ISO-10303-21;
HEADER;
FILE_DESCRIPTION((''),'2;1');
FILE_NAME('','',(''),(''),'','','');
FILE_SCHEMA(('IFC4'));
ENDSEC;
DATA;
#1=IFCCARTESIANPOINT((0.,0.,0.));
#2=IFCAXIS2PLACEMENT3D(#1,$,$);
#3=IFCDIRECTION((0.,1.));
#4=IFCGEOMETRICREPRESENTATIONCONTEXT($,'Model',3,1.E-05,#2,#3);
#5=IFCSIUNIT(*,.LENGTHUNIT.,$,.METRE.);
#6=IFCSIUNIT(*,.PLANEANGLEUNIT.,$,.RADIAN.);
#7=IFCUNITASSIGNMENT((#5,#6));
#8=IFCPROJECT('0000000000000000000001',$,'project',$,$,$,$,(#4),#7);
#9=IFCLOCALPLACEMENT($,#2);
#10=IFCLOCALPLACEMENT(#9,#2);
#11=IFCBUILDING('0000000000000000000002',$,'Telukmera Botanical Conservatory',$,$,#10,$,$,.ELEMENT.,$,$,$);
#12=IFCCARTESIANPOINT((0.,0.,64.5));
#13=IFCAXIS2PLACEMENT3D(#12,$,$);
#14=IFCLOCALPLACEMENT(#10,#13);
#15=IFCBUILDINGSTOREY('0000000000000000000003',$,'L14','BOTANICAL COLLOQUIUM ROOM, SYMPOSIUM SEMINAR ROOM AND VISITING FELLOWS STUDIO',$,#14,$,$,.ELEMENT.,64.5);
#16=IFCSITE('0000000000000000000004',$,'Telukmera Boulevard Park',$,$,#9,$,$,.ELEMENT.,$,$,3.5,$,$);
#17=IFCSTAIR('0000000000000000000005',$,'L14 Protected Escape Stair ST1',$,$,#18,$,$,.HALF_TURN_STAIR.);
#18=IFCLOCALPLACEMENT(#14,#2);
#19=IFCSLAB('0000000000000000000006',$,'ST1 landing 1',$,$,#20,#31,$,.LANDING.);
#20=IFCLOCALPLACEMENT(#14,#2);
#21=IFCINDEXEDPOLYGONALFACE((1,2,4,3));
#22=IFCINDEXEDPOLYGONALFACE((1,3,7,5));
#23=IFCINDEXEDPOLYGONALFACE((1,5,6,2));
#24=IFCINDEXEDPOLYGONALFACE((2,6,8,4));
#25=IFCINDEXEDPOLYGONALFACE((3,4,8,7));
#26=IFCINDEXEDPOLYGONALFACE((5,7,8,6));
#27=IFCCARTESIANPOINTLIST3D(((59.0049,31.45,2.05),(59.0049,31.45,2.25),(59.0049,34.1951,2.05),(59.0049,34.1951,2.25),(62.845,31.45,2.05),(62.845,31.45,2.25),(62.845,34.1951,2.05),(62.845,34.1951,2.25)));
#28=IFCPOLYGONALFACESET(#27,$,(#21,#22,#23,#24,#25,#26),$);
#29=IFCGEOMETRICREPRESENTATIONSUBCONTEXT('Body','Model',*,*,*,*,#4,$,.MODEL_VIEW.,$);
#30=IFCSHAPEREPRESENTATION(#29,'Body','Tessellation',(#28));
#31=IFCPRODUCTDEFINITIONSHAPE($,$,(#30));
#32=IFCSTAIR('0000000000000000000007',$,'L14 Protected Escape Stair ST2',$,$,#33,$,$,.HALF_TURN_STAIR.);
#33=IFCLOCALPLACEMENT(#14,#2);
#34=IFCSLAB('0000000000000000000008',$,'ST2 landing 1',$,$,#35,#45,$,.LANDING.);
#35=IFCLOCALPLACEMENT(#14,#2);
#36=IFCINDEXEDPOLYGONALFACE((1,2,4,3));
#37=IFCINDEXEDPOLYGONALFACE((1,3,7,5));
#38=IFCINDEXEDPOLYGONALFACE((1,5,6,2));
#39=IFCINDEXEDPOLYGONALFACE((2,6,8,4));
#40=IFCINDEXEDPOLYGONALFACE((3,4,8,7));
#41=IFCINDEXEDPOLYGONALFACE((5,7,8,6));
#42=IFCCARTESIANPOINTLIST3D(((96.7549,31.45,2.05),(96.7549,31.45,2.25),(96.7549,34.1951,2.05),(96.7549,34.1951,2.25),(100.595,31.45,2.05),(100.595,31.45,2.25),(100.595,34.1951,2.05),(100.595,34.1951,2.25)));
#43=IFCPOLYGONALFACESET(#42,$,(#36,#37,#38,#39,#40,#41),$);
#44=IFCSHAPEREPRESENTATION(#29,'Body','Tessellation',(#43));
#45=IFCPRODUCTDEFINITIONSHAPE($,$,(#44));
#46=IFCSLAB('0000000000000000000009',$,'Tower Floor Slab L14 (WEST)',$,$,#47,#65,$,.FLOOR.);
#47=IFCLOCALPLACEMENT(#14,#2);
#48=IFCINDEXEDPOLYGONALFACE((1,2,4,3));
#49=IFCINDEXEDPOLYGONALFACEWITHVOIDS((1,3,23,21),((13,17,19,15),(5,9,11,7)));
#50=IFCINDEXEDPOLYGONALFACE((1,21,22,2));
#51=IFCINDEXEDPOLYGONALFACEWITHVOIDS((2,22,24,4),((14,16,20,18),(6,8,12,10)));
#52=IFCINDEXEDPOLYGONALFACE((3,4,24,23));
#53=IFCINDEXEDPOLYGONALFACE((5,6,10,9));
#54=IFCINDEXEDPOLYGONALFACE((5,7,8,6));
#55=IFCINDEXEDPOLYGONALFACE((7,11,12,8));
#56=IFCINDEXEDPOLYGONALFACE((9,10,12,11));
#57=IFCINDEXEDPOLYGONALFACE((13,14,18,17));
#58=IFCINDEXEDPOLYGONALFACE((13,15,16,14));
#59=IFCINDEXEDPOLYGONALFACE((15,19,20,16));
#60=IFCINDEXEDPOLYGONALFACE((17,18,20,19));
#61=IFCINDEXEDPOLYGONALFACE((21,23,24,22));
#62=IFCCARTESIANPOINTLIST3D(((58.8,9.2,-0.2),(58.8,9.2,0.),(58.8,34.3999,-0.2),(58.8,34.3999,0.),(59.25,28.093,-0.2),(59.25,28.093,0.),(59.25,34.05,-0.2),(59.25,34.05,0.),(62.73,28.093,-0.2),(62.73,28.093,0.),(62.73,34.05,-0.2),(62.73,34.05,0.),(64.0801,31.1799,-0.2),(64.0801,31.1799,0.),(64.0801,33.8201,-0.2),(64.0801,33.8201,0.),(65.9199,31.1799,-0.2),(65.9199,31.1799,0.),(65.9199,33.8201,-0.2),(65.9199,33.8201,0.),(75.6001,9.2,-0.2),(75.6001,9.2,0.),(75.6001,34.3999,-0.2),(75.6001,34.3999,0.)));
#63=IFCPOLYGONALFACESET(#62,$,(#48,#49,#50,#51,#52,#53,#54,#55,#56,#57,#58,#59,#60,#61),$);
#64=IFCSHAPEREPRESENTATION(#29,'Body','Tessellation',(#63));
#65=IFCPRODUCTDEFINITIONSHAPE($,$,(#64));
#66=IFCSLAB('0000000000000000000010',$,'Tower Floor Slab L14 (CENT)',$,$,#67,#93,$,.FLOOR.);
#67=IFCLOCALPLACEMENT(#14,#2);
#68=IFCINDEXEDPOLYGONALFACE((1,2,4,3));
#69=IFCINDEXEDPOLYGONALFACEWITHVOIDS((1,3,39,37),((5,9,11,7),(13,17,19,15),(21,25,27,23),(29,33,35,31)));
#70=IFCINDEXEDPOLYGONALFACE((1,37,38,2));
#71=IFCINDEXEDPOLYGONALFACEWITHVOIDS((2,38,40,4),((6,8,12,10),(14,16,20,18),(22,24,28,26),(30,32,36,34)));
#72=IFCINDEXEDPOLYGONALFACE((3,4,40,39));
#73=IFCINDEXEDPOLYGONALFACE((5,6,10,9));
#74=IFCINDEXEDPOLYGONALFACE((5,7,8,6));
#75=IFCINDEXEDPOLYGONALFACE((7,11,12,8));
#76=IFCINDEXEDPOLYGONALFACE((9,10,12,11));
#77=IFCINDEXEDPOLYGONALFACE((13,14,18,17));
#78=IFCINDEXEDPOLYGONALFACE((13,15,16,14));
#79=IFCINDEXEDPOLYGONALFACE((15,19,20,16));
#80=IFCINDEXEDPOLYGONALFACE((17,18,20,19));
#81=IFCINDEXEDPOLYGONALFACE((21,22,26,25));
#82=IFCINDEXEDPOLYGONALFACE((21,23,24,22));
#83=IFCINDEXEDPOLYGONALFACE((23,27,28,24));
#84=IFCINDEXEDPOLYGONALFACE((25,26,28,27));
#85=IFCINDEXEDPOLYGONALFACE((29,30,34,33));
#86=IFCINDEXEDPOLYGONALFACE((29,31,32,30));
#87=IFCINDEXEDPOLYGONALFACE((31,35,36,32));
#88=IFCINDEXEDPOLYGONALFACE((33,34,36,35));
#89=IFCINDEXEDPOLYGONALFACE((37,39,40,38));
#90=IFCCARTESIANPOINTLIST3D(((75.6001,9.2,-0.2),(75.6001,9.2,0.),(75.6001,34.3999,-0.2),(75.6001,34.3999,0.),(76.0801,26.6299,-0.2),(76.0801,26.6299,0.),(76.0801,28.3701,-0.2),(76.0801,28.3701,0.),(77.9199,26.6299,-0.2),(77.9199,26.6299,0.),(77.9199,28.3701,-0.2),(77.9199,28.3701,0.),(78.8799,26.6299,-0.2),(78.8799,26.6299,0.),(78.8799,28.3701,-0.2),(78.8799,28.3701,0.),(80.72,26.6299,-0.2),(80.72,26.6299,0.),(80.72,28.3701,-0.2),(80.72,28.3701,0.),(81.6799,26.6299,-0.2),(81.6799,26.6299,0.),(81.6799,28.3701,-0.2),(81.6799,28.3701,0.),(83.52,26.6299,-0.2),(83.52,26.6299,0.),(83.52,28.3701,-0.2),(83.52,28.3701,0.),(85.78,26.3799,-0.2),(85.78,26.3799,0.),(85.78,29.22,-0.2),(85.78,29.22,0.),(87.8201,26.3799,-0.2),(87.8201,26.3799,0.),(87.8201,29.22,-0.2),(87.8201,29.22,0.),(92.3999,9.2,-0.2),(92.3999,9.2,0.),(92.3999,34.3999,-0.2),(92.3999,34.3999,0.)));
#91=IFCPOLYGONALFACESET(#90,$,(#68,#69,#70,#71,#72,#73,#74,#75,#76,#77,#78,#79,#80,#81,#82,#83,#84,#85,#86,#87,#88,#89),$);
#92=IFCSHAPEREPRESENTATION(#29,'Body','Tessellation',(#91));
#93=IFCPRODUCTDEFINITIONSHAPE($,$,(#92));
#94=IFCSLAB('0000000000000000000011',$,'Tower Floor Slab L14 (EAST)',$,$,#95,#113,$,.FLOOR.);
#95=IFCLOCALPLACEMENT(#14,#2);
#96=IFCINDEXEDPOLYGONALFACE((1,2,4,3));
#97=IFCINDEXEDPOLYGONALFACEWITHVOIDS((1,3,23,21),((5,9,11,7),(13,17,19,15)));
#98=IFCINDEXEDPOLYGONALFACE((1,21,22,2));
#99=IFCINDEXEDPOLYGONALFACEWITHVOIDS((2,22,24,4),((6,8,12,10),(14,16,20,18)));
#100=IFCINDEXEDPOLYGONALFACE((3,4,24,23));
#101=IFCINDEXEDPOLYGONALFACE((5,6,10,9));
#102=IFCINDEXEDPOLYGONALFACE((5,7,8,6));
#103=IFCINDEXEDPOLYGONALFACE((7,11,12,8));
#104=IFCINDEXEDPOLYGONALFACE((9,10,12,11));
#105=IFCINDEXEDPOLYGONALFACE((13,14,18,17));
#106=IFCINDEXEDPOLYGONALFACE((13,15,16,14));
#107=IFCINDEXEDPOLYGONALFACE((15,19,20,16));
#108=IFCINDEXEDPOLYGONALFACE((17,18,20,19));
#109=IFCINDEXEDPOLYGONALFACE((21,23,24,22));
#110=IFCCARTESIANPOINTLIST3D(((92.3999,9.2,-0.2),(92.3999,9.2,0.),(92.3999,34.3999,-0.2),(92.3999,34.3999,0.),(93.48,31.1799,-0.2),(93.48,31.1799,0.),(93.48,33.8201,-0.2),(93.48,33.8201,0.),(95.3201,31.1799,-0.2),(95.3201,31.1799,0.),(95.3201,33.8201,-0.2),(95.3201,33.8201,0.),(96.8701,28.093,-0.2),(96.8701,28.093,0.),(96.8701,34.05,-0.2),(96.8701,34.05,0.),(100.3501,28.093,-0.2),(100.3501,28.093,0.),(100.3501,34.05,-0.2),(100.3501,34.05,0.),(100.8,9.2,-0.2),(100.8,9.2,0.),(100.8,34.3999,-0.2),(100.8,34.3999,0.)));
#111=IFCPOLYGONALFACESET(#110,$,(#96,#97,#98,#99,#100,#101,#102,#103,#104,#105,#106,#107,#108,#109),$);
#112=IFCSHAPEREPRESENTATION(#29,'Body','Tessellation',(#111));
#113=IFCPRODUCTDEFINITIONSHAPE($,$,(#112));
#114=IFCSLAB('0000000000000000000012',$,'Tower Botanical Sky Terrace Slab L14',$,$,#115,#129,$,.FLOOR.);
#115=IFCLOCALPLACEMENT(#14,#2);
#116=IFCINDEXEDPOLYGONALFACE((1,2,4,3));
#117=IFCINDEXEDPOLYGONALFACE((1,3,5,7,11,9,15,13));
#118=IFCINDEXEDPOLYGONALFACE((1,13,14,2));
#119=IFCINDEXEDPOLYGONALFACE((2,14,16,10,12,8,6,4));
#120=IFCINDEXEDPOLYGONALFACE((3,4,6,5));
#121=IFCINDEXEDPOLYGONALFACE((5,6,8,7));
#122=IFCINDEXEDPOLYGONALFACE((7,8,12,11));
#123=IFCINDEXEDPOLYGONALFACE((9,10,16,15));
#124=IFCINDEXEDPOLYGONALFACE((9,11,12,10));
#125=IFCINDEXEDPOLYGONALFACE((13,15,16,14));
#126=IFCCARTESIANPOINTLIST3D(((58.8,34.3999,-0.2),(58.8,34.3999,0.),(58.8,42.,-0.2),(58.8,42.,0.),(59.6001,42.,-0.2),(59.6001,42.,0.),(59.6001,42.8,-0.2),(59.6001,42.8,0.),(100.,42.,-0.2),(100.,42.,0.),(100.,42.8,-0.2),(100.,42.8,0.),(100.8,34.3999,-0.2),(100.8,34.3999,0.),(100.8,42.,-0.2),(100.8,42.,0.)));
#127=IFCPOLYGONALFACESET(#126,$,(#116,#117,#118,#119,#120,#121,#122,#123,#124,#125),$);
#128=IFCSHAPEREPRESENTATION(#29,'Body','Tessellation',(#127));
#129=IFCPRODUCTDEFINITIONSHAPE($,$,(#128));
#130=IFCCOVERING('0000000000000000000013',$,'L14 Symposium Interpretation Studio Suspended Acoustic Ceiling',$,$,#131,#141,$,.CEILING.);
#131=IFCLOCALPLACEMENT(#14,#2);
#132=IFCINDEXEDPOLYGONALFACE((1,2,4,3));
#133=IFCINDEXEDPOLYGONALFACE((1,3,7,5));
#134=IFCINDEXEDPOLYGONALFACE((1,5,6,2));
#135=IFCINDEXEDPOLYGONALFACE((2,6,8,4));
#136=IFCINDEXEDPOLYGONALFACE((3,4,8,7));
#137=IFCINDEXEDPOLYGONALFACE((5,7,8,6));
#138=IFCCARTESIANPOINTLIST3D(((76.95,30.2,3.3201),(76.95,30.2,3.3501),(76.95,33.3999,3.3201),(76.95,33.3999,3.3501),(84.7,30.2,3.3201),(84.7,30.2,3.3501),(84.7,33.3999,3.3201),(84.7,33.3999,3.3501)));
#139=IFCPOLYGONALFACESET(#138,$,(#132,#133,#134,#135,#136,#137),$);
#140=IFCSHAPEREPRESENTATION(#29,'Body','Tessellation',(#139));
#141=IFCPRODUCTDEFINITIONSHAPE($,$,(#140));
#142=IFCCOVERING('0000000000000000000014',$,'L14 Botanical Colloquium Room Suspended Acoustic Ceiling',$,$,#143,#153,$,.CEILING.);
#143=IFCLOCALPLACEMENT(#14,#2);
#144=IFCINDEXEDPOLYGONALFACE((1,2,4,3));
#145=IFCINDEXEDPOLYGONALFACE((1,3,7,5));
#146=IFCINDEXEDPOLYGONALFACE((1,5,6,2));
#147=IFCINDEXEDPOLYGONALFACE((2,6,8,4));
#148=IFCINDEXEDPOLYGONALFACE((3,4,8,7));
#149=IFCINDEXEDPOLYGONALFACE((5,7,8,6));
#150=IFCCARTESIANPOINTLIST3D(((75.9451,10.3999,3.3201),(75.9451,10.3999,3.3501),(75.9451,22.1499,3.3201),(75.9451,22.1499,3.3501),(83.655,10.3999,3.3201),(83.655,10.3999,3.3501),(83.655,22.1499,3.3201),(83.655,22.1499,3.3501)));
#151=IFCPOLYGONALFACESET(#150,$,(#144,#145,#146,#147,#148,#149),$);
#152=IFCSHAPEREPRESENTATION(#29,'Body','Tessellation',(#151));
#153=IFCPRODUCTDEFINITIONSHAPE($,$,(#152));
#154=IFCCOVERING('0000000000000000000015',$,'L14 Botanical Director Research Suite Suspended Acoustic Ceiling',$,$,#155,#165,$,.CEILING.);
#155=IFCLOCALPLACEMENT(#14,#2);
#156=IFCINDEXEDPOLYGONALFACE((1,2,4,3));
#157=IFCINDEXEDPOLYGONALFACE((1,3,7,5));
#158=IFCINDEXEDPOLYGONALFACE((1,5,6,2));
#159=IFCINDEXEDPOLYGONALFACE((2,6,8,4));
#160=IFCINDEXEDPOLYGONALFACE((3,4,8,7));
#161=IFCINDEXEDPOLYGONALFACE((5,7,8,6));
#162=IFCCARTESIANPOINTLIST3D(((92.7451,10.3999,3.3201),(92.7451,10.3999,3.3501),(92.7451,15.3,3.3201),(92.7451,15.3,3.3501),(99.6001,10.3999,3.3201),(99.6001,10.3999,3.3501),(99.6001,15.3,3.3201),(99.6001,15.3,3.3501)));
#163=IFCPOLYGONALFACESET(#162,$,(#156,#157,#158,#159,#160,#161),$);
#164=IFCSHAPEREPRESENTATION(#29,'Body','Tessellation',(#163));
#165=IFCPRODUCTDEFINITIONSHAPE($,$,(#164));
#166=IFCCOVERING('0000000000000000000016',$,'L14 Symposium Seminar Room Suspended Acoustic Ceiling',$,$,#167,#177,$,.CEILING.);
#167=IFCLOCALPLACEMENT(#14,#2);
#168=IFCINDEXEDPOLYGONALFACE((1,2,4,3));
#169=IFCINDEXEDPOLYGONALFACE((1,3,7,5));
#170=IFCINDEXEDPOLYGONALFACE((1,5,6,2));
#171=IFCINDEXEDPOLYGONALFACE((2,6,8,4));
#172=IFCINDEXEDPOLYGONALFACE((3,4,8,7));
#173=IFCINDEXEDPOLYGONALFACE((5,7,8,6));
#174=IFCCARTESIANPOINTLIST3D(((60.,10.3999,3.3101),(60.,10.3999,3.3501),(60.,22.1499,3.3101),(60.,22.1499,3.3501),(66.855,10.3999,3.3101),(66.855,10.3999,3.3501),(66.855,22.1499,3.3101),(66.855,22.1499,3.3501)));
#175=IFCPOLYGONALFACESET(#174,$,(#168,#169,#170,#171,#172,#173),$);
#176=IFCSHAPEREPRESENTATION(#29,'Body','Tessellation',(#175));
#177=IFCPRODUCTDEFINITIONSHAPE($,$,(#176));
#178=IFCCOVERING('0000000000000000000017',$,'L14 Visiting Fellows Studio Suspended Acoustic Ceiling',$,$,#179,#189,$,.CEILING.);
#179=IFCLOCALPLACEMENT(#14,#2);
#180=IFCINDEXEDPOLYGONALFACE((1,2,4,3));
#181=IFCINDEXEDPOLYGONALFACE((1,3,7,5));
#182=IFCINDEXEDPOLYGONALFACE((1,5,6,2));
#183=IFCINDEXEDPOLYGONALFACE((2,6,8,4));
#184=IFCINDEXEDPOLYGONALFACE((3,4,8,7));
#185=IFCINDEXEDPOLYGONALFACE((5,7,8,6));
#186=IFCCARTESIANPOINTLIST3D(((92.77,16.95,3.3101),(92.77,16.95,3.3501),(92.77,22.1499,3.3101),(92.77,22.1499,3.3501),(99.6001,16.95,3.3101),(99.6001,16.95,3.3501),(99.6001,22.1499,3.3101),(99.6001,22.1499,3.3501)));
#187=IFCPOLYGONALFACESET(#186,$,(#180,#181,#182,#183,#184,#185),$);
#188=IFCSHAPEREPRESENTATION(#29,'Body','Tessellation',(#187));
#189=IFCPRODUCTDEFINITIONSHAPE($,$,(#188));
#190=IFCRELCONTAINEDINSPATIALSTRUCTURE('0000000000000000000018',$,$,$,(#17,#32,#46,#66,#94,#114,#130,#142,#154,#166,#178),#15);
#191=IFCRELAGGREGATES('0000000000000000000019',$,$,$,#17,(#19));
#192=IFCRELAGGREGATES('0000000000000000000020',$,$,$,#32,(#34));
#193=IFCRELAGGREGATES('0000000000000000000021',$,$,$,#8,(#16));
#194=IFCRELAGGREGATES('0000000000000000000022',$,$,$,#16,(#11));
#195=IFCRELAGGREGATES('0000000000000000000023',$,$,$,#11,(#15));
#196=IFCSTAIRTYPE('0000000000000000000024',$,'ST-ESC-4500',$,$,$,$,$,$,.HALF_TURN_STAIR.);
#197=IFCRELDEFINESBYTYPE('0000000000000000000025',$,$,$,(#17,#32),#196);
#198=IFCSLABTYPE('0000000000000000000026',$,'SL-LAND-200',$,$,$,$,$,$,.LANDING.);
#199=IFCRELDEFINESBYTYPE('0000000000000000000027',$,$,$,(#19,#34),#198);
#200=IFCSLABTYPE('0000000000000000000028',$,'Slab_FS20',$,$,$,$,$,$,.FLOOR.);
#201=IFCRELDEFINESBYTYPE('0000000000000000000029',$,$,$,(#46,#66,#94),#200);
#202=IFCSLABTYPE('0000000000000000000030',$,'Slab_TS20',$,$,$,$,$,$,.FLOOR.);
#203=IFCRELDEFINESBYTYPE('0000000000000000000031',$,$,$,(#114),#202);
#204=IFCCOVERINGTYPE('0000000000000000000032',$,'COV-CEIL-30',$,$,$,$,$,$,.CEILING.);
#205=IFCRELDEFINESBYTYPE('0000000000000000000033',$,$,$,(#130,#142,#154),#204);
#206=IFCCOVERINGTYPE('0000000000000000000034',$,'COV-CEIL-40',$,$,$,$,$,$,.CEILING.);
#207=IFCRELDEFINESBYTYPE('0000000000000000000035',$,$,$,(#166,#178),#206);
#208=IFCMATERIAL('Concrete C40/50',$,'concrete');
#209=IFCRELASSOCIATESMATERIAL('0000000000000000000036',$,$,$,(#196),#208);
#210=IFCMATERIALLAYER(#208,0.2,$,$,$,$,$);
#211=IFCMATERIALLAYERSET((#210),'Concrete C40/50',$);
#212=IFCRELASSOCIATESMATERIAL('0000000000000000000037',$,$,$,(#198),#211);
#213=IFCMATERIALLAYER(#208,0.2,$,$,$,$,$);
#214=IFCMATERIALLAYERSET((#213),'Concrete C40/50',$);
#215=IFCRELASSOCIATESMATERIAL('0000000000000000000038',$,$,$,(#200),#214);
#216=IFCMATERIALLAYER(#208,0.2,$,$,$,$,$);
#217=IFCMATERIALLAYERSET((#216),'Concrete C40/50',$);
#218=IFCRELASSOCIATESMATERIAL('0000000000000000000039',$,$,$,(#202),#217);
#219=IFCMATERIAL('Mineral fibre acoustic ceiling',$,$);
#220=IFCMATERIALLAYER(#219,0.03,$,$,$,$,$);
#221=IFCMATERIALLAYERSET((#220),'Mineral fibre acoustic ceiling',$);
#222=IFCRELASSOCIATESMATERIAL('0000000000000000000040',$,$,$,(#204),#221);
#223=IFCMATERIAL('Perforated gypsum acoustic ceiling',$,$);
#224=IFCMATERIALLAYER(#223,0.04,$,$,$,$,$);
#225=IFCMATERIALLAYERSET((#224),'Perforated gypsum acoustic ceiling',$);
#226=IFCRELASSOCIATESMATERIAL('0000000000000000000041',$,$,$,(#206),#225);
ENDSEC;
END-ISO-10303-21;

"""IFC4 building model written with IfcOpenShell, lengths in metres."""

from ifc_helpers import new_model, si_unit, direction, frame, origin, place, context, subcontext, project, spatial, polyline, outline, extrude, material, layer, layer_set, type_object, element, aggregate, save


model = new_model("IFC4")

# Units and contexts
model_context = context("Model", 3, precision=1e-05, world=origin(), true_north=direction((0.0, 1.0)))
body_context = subcontext(model_context, "Body", "Model", "MODEL_VIEW")
ifc_project = project(units=[si_unit("LENGTHUNIT", "METRE"), si_unit("PLANEANGLEUNIT", "RADIAN")], contexts=[model_context])

# Site, building, storey
site_placement = place(None, origin())
site = spatial("IfcSite", under=ifc_project, at=site_placement, Name="Telukmera Boulevard Park", CompositionType="ELEMENT", RefElevation=3.5)
building_placement = place(site_placement, origin())
building = spatial("IfcBuilding", under=site, at=building_placement, Name="Telukmera Botanical Conservatory", CompositionType="ELEMENT")
storey_placement = place(building_placement, frame((0.0, 0.0, 64.5)))
storey = spatial("IfcBuildingStorey", under=building, at=storey_placement, Name="L14", Description="BOTANICAL COLLOQUIUM ROOM, SYMPOSIUM SEMINAR ROOM AND VISITING FELLOWS STUDIO", CompositionType="ELEMENT", Elevation=64.5)

# Stairs, slabs
ifc_material_1 = material(Name="Concrete C40/50", Category="concrete")
stair_type = type_object("IfcStairType", Name="ST-ESC-4500", PredefinedType="HALF_TURN_STAIR", material=ifc_material_1)
stair_1_placement = place(storey_placement, origin())
stair_1 = element("IfcStair", 1, at=stair_1_placement, inside=storey, type_object=stair_type, Name="L14 Protected Escape Stair ST1", PredefinedType="HALF_TURN_STAIR")
ifc_layer_1 = layer(ifc_material_1, 0.2)
ifc_layer_set_1 = layer_set([ifc_layer_1], Name="Concrete C40/50")
slab_type_1 = type_object("IfcSlabType", Name="SL-LAND-200", PredefinedType="LANDING", material=ifc_layer_set_1)
slab_1_placement = place(storey_placement, frame((0.0, 0.0, 2.05)))
slab_1 = element("IfcSlab", 2, at=slab_1_placement, type_object=slab_type_1, Name="ST1 landing 1", PredefinedType="LANDING", context=body_context, shape_type="SweptSolid", body=[
    extrude(outline(polyline([(59.0049, 31.45), (62.845, 31.45), (62.845, 34.1951), (59.0049, 34.1951), (59.0049, 31.45)])), origin(), (0.0, 0.0, 1.0), 0.2),
])
aggregate(stair_1, [slab_1])
stair_2_placement = place(storey_placement, origin())
stair_2 = element("IfcStair", 3, at=stair_2_placement, inside=storey, type_object=stair_type, Name="L14 Protected Escape Stair ST2", PredefinedType="HALF_TURN_STAIR")
slab_2_placement = place(storey_placement, frame((0.0, 0.0, 2.05)))
slab_2 = element("IfcSlab", 4, at=slab_2_placement, type_object=slab_type_1, Name="ST2 landing 1", PredefinedType="LANDING", context=body_context, shape_type="SweptSolid", body=[
    extrude(outline(polyline([(96.7549, 31.45), (100.595, 31.45), (100.595, 34.1951), (96.7549, 34.1951), (96.7549, 31.45)])), origin(), (0.0, 0.0, 1.0), 0.2),
])
aggregate(stair_2, [slab_2])

# Slabs
ifc_layer_2 = layer(ifc_material_1, 0.2)
ifc_layer_set_2 = layer_set([ifc_layer_2], Name="Concrete C40/50")
slab_type_2 = type_object("IfcSlabType", Name="Slab_FS20", PredefinedType="FLOOR", material=ifc_layer_set_2)
slab_3_placement = place(storey_placement, frame((0.0, 0.0, -0.2)))
element("IfcSlab", 5, at=slab_3_placement, inside=storey, type_object=slab_type_2, Name="Tower Floor Slab L14 (WEST)", PredefinedType="FLOOR", context=body_context, shape_type="SweptSolid", body=[
    extrude(outline(polyline([(58.8, 9.2), (75.6001, 9.2), (75.6001, 34.3999), (58.8, 34.3999), (58.8, 9.2)]), holes=[polyline([(62.73, 28.093), (62.73, 34.05), (59.25, 34.05), (59.25, 28.093), (62.73, 28.093)]), polyline([(64.0801, 31.1799), (65.9199, 31.1799), (65.9199, 33.8201), (64.0801, 33.8201), (64.0801, 31.1799)])]), origin(), (0.0, 0.0, 1.0), 0.2),
])
slab_4_placement = place(storey_placement, frame((0.0, 0.0, -0.2)))
element("IfcSlab", 6, at=slab_4_placement, inside=storey, type_object=slab_type_2, Name="Tower Floor Slab L14 (CENT)", PredefinedType="FLOOR", context=body_context, shape_type="SweptSolid", body=[
    extrude(outline(polyline([(75.6001, 9.2), (92.3999, 9.2), (92.3999, 34.3999), (75.6001, 34.3999), (75.6001, 9.2)]), holes=[polyline([(85.78, 26.3799), (87.8201, 26.3799), (87.8201, 29.22), (85.78, 29.22), (85.78, 26.3799)]), polyline([(76.0801, 26.6299), (77.9199, 26.6299), (77.9199, 28.3701), (76.0801, 28.3701), (76.0801, 26.6299)]), polyline([(78.8799, 26.6299), (80.72, 26.6299), (80.72, 28.3701), (78.8799, 28.3701), (78.8799, 26.6299)]), polyline([(81.6799, 26.6299), (83.52, 26.6299), (83.52, 28.3701), (81.6799, 28.3701), (81.6799, 26.6299)])]), origin(), (0.0, 0.0, 1.0), 0.2),
])
slab_5_placement = place(storey_placement, frame((0.0, 0.0, -0.2)))
element("IfcSlab", 7, at=slab_5_placement, inside=storey, type_object=slab_type_2, Name="Tower Floor Slab L14 (EAST)", PredefinedType="FLOOR", context=body_context, shape_type="SweptSolid", body=[
    extrude(outline(polyline([(92.3999, 9.2), (100.8, 9.2), (100.8, 34.3999), (92.3999, 34.3999), (92.3999, 9.2)]), holes=[polyline([(100.3501, 28.093), (100.3501, 34.05), (96.8701, 34.05), (96.8701, 28.093), (100.3501, 28.093)]), polyline([(93.48, 31.1799), (95.3201, 31.1799), (95.3201, 33.8201), (93.48, 33.8201), (93.48, 31.1799)])]), origin(), (0.0, 0.0, 1.0), 0.2),
])
ifc_layer_3 = layer(ifc_material_1, 0.2)
ifc_layer_set_3 = layer_set([ifc_layer_3], Name="Concrete C40/50")
slab_type_3 = type_object("IfcSlabType", Name="Slab_TS20", PredefinedType="FLOOR", material=ifc_layer_set_3)
slab_6_placement = place(storey_placement, frame((0.0, 0.0, -0.2)))
element("IfcSlab", 8, at=slab_6_placement, inside=storey, type_object=slab_type_3, Name="Tower Botanical Sky Terrace Slab L14", PredefinedType="FLOOR", context=body_context, shape_type="SweptSolid", body=[
    extrude(outline(polyline([(58.8, 34.3999), (100.8, 34.3999), (100.8, 42.0), (100.0, 42.0), (100.0, 42.8), (59.6001, 42.8), (59.6001, 42.0), (58.8, 42.0), (58.8, 34.3999)])), origin(), (0.0, 0.0, 1.0), 0.2),
])

# Coverings
ifc_material_2 = material(Name="Mineral fibre acoustic ceiling")
ifc_layer_4 = layer(ifc_material_2, 0.03)
ifc_layer_set_4 = layer_set([ifc_layer_4], Name="Mineral fibre acoustic ceiling")
covering_type_1 = type_object("IfcCoveringType", Name="COV-CEIL-30", PredefinedType="CEILING", material=ifc_layer_set_4)
covering_1_placement = place(storey_placement, frame((0.0, 0.0, 3.3201)))
element("IfcCovering", 9, at=covering_1_placement, inside=storey, type_object=covering_type_1, Name="L14 Symposium Interpretation Studio Suspended Acoustic Ceiling", PredefinedType="CEILING", context=body_context, shape_type="SweptSolid", body=[
    extrude(outline(polyline([(76.95, 30.2), (84.7, 30.2), (84.7, 33.3999), (76.95, 33.3999), (76.95, 30.2)])), origin(), (0.0, 0.0, 1.0), 0.03),
])
covering_2_placement = place(storey_placement, frame((0.0, 0.0, 3.3201)))
element("IfcCovering", 10, at=covering_2_placement, inside=storey, type_object=covering_type_1, Name="L14 Botanical Colloquium Room Suspended Acoustic Ceiling", PredefinedType="CEILING", context=body_context, shape_type="SweptSolid", body=[
    extrude(outline(polyline([(75.9451, 10.3999), (83.655, 10.3999), (83.655, 22.1499), (75.9451, 22.1499), (75.9451, 10.3999)])), origin(), (0.0, 0.0, 1.0), 0.03),
])
covering_3_placement = place(storey_placement, frame((0.0, 0.0, 3.3201)))
element("IfcCovering", 11, at=covering_3_placement, inside=storey, type_object=covering_type_1, Name="L14 Botanical Director Research Suite Suspended Acoustic Ceiling", PredefinedType="CEILING", context=body_context, shape_type="SweptSolid", body=[
    extrude(outline(polyline([(92.7451, 10.3999), (99.6001, 10.3999), (99.6001, 15.3), (92.7451, 15.3), (92.7451, 10.3999)])), origin(), (0.0, 0.0, 1.0), 0.03),
])
ifc_material_3 = material(Name="Perforated gypsum acoustic ceiling")
ifc_layer_5 = layer(ifc_material_3, 0.04)
ifc_layer_set_5 = layer_set([ifc_layer_5], Name="Perforated gypsum acoustic ceiling")
covering_type_2 = type_object("IfcCoveringType", Name="COV-CEIL-40", PredefinedType="CEILING", material=ifc_layer_set_5)
covering_4_placement = place(storey_placement, frame((0.0, 0.0, 3.3101)))
element("IfcCovering", 12, at=covering_4_placement, inside=storey, type_object=covering_type_2, Name="L14 Symposium Seminar Room Suspended Acoustic Ceiling", PredefinedType="CEILING", context=body_context, shape_type="SweptSolid", body=[
    extrude(outline(polyline([(60.0, 10.3999), (66.855, 10.3999), (66.855, 22.1499), (60.0, 22.1499), (60.0, 10.3999)])), origin(), (0.0, 0.0, 1.0), 0.04),
])
covering_5_placement = place(storey_placement, frame((0.0, 0.0, 3.3101)))
element("IfcCovering", 13, at=covering_5_placement, inside=storey, type_object=covering_type_2, Name="L14 Visiting Fellows Studio Suspended Acoustic Ceiling", PredefinedType="CEILING", context=body_context, shape_type="SweptSolid", body=[
    extrude(outline(polyline([(92.77, 16.95), (99.6001, 16.95), (99.6001, 22.1499), (92.77, 22.1499), (92.77, 16.95)])), origin(), (0.0, 0.0, 1.0), 0.04),
])

save(model, "model.ifc")
